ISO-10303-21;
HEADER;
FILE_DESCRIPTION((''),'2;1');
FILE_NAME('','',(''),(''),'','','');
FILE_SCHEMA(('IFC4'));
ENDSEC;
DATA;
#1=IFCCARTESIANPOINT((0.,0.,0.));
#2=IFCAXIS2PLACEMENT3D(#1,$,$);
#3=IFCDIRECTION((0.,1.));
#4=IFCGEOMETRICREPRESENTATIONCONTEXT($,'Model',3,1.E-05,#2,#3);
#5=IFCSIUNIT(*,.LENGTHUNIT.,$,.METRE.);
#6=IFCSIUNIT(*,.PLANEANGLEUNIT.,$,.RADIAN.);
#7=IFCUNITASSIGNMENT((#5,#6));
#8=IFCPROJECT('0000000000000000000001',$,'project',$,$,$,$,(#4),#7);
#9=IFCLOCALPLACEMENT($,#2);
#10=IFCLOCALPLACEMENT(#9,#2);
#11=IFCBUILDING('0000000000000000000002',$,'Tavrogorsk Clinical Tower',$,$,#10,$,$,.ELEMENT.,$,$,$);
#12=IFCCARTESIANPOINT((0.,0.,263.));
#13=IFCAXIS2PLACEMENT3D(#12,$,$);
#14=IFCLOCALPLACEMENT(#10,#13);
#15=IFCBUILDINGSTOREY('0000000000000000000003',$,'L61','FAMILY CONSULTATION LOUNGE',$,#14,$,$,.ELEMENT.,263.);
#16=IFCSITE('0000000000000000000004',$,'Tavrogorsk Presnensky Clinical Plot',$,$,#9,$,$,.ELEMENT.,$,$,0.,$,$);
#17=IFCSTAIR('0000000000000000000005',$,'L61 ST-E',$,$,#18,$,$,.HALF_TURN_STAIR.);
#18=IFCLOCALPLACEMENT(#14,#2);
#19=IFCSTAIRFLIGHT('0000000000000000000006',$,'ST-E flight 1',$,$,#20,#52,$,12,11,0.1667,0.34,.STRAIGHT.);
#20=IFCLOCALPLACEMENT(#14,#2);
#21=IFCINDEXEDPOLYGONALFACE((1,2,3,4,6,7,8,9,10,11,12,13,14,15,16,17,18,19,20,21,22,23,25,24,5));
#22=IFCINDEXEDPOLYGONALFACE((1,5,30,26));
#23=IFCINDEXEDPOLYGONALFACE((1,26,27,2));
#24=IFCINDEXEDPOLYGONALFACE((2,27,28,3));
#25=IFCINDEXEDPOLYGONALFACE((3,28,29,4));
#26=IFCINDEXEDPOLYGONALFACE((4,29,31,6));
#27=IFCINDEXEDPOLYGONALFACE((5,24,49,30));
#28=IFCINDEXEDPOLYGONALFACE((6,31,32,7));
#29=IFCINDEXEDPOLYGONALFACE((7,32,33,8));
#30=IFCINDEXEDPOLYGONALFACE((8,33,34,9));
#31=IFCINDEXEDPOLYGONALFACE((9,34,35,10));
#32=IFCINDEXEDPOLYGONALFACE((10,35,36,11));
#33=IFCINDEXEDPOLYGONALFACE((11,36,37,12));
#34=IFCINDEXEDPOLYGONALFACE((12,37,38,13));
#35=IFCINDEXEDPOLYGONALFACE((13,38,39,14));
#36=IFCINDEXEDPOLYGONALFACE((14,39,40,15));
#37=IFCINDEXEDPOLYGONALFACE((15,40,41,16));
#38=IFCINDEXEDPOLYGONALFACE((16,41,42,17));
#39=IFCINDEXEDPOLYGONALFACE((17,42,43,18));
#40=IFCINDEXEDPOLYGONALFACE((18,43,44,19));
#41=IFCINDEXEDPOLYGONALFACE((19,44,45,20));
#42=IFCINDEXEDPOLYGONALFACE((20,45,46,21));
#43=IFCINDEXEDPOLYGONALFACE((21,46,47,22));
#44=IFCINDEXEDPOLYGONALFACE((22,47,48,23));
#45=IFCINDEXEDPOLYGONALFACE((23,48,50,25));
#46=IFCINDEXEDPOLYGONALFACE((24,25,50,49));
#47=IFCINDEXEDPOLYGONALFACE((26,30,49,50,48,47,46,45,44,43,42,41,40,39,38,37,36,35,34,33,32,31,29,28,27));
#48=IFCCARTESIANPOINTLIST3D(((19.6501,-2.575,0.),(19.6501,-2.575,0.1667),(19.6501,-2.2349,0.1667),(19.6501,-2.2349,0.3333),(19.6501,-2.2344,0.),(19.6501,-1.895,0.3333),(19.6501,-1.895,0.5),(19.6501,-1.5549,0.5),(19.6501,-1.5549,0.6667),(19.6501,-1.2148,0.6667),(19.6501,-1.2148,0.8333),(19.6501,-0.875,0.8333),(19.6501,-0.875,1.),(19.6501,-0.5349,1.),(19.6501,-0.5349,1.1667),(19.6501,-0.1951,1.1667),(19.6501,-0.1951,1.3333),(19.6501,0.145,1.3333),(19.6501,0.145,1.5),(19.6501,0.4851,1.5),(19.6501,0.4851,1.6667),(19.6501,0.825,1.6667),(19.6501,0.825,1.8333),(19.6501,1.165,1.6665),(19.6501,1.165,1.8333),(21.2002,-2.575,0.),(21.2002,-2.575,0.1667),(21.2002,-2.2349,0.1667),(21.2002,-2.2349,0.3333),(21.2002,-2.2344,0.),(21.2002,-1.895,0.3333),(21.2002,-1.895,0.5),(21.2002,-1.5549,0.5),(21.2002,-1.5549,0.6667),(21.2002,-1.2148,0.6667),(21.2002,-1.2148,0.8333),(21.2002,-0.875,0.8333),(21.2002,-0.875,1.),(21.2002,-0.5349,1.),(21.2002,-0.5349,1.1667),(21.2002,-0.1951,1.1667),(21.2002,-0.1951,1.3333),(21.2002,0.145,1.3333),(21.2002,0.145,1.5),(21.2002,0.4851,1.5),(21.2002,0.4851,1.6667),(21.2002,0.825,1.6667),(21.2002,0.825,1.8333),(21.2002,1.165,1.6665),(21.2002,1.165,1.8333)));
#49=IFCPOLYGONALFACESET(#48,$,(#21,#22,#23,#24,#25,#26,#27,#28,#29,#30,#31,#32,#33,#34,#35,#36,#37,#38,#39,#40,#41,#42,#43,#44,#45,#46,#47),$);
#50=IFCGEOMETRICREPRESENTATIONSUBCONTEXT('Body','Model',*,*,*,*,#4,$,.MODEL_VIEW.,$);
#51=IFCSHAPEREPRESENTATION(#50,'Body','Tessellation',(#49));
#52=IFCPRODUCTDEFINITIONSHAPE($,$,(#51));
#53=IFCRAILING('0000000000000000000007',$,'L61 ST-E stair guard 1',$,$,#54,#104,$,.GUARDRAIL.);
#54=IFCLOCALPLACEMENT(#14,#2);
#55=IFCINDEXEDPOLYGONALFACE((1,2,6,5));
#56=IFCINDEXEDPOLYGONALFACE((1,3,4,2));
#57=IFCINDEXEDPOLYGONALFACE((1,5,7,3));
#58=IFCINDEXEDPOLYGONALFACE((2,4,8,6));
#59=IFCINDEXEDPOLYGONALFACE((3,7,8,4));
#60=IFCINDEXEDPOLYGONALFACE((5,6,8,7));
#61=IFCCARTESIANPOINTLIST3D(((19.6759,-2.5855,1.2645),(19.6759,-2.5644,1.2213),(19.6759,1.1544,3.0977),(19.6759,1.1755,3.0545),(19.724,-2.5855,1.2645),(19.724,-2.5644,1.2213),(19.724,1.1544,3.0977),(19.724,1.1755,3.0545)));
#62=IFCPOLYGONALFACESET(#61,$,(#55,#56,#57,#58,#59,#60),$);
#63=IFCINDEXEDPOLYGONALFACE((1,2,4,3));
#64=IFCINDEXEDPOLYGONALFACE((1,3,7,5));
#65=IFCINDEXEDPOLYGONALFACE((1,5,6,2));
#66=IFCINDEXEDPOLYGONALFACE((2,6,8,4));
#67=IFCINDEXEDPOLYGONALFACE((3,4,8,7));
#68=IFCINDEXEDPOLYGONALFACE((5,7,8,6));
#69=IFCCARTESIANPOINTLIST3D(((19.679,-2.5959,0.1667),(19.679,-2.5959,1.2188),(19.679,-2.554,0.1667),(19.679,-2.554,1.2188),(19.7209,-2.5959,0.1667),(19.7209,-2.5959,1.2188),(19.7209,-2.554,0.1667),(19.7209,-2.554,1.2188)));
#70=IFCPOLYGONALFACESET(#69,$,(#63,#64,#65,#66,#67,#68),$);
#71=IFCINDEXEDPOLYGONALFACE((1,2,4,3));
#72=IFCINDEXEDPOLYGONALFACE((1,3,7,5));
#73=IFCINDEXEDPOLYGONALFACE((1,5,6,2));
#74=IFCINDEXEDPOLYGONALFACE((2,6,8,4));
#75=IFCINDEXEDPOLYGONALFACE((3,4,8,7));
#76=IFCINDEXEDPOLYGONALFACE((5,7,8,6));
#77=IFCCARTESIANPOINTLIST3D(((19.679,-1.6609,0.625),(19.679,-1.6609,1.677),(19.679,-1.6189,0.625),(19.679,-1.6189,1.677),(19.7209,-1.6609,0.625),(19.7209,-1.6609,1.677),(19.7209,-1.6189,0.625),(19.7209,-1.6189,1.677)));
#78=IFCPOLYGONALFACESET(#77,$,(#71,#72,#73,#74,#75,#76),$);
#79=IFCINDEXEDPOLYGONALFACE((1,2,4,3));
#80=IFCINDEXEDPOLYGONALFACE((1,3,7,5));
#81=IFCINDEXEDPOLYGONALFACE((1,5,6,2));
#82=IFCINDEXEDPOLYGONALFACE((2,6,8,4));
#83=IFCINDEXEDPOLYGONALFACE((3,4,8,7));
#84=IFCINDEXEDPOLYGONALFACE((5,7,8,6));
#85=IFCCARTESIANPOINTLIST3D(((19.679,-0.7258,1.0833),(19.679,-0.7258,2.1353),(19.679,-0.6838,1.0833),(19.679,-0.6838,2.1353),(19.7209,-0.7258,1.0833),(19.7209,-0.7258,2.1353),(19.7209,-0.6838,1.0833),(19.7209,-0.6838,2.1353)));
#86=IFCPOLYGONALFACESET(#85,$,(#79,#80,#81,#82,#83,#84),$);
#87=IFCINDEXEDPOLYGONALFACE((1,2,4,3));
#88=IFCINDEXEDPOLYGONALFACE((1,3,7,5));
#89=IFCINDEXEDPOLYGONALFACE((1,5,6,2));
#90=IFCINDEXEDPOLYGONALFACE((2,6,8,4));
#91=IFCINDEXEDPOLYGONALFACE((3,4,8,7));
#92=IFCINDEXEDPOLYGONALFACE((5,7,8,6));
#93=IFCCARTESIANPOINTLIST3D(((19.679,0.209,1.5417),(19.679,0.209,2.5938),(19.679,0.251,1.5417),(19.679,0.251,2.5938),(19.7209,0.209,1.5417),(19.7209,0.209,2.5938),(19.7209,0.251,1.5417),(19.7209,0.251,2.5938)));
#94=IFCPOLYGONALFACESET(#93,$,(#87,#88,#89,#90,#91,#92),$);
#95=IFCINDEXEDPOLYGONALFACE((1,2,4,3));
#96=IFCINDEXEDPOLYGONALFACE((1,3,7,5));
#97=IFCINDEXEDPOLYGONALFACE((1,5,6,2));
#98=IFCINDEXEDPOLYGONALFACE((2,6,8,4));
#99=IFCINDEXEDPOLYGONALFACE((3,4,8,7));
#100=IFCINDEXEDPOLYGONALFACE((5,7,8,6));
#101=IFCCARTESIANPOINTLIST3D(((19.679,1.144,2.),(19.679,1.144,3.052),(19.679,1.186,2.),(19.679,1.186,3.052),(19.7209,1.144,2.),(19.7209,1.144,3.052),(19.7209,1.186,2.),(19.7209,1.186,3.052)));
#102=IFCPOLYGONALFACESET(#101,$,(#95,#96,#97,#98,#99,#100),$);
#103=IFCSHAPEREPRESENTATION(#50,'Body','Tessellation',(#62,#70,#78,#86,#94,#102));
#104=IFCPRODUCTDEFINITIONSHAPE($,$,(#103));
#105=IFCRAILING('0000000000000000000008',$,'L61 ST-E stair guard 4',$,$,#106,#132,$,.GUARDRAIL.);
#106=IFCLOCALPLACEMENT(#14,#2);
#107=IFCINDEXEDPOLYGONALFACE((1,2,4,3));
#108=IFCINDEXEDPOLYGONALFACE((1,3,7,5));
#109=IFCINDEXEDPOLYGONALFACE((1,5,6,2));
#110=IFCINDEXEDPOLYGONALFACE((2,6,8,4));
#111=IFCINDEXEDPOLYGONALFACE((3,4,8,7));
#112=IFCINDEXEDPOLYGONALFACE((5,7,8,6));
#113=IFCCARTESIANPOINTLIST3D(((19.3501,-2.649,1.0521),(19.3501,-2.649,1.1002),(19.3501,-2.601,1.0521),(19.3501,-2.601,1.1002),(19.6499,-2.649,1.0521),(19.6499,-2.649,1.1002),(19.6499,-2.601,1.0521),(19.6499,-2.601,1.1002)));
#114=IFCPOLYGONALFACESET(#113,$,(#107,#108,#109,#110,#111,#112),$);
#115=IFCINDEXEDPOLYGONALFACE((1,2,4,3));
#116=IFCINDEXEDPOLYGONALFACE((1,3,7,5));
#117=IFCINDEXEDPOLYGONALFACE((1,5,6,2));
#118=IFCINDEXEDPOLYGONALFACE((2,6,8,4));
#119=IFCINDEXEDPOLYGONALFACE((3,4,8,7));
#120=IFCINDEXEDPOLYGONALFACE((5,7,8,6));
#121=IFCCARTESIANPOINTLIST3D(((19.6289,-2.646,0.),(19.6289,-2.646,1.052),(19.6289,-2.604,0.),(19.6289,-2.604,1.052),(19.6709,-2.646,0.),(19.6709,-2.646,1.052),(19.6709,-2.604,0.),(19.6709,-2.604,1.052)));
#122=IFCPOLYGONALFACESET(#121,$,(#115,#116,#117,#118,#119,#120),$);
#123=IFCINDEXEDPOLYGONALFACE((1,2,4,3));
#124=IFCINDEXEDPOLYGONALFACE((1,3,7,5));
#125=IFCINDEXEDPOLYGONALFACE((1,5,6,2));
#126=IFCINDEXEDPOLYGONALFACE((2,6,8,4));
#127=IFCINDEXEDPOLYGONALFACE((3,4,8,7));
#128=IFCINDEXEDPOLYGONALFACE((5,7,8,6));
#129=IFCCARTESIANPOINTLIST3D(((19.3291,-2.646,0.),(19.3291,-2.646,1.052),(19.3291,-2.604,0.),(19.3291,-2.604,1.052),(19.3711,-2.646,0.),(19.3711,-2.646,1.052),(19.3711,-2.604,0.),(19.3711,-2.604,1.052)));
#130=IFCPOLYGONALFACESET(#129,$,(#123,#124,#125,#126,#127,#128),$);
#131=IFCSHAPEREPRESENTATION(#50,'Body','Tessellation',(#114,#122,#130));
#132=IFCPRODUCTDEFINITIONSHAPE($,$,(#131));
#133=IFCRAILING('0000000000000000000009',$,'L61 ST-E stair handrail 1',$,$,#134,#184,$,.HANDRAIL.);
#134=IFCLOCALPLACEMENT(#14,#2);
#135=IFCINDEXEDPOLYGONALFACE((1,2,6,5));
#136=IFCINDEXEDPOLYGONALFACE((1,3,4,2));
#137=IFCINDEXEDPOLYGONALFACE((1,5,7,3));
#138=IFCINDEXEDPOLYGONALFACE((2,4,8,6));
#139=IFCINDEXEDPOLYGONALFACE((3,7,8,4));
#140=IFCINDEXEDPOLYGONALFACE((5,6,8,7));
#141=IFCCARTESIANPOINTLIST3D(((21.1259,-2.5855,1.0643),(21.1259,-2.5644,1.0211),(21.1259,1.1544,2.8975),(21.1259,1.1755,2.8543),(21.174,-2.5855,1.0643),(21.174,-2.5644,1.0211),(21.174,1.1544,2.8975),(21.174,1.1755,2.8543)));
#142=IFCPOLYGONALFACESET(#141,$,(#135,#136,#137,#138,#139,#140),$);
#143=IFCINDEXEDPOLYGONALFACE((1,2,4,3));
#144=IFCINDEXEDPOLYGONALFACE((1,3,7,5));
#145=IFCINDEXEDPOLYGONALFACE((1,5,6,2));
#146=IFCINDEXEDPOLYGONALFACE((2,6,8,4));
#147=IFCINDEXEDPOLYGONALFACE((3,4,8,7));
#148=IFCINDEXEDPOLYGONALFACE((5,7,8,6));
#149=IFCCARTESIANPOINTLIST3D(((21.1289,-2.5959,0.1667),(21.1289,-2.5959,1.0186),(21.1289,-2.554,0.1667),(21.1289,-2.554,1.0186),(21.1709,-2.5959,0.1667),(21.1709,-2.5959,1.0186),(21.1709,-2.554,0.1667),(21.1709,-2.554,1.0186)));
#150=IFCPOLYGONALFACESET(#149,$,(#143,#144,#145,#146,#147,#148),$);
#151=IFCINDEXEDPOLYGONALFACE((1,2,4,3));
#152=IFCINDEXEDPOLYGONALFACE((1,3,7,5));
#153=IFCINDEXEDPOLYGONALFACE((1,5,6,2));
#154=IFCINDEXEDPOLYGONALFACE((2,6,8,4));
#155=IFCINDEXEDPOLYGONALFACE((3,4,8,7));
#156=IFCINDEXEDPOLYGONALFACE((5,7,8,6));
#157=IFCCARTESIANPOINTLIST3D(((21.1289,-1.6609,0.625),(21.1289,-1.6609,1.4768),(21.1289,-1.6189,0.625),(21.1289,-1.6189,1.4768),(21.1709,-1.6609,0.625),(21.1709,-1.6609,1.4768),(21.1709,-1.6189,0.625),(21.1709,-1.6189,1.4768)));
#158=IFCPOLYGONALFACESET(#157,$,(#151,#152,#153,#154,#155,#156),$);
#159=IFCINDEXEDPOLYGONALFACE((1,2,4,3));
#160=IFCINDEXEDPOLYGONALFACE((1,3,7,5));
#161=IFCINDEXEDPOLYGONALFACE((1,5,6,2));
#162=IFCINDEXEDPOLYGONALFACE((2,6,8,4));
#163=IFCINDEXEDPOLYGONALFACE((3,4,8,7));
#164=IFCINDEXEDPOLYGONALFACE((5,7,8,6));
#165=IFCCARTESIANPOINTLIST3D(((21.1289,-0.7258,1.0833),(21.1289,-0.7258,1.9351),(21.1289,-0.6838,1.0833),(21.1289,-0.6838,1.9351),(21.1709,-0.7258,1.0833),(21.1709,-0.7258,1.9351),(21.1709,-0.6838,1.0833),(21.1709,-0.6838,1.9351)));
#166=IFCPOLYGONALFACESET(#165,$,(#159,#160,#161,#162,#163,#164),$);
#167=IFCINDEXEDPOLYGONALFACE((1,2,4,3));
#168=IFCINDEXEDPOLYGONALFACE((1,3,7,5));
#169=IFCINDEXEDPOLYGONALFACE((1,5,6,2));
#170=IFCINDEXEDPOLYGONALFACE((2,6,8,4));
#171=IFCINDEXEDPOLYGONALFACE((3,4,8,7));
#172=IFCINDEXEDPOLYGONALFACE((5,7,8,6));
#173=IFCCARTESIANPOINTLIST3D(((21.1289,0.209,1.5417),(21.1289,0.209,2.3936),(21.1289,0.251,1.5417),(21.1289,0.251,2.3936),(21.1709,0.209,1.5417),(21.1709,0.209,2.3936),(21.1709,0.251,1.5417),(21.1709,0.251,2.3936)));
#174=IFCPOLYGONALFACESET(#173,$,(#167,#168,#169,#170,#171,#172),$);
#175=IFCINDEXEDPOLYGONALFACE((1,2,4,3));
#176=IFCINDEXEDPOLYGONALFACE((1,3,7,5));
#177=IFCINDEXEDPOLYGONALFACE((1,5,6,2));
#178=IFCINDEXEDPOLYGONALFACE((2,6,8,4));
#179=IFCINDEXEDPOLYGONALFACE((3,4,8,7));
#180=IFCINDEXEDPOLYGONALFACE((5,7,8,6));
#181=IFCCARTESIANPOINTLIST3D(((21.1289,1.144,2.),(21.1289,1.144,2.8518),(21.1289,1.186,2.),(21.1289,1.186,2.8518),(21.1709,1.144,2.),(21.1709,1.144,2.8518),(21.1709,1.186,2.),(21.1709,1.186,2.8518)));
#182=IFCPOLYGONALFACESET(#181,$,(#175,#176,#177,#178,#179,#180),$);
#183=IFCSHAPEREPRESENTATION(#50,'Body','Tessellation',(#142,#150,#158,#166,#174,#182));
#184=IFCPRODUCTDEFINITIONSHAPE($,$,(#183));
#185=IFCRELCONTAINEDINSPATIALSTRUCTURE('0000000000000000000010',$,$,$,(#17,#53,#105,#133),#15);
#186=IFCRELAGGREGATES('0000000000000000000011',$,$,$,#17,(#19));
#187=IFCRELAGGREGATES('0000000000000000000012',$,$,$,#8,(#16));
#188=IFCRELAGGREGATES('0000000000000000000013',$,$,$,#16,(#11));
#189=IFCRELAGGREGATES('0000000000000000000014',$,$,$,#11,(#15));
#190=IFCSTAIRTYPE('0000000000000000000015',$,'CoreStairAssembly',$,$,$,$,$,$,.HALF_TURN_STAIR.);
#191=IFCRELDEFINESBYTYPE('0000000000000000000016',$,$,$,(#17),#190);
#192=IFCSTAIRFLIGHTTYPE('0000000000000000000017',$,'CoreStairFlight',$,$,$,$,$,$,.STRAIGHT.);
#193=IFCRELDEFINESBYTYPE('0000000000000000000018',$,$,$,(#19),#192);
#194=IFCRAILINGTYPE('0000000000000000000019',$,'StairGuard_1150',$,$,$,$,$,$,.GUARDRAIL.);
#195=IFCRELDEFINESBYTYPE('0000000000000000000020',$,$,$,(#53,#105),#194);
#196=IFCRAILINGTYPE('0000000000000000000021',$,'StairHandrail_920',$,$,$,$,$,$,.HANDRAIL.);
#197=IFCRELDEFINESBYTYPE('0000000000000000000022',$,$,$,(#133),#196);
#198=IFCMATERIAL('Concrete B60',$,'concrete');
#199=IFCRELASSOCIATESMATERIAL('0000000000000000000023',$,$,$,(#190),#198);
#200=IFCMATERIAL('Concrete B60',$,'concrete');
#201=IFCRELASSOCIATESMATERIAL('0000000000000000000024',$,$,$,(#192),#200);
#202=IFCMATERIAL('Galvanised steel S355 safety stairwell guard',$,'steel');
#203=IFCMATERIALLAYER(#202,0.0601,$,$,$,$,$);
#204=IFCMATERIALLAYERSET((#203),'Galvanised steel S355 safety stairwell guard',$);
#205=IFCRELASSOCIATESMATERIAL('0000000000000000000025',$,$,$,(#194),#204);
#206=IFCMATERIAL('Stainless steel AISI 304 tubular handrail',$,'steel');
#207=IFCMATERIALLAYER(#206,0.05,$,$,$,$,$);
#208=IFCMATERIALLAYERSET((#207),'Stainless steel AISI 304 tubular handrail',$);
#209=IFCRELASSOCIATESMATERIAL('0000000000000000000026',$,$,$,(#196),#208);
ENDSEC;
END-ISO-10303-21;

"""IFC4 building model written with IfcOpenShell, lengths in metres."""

from ifc_helpers import new_model, si_unit, direction, frame, origin, origin_2d, place, context, subcontext, project, spatial, polyline, rectangle, outline, extrude, material, layer, layer_set, type_object, element, aggregate, save


model = new_model("IFC4")

# Units and contexts
model_context = context("Model", 3, precision=1e-05, world=origin(), true_north=direction((0.0, 1.0)))
body_context = subcontext(model_context, "Body", "Model", "MODEL_VIEW")
ifc_project = project(units=[si_unit("LENGTHUNIT", "METRE"), si_unit("PLANEANGLEUNIT", "RADIAN")], contexts=[model_context])

# Site, building, storey
site_placement = place(None, origin())
site = spatial("IfcSite", under=ifc_project, at=site_placement, Name="Tavrogorsk Presnensky Clinical Plot", CompositionType="ELEMENT", RefElevation=0.0)
building_placement = place(site_placement, origin())
building = spatial("IfcBuilding", under=site, at=building_placement, Name="Tavrogorsk Clinical Tower", CompositionType="ELEMENT")
storey_placement = place(building_placement, frame((0.0, 0.0, 263.0)))
storey = spatial("IfcBuildingStorey", under=building, at=storey_placement, Name="L61", Description="FAMILY CONSULTATION LOUNGE", CompositionType="ELEMENT", Elevation=263.0)

# Stair, stair flight
ifc_material_1 = material(Name="Concrete B60", Category="concrete")
stair_type = type_object("IfcStairType", Name="CoreStairAssembly", PredefinedType="HALF_TURN_STAIR", material=ifc_material_1)
stair_placement = place(storey_placement, origin())
stair = element("IfcStair", 1, at=stair_placement, inside=storey, type_object=stair_type, Name="L61 ST-E", PredefinedType="HALF_TURN_STAIR")
ifc_material_2 = material(Name="Concrete B60", Category="concrete")
stair_flight_type = type_object("IfcStairFlightType", Name="CoreStairFlight", PredefinedType="STRAIGHT", material=ifc_material_2)
stair_flight_placement = place(storey_placement, frame((20.425, -2.575, 0.0), z_axis=(0.0, 0.0, 1.0), x_axis=(0.0, 1.0, 0.0)))
stair_flight = element("IfcStairFlight", 2, at=stair_flight_placement, type_object=stair_flight_type, Name="ST-E flight 1", NumberOfRisers=12, NumberOfTreads=11, PredefinedType="STRAIGHT", RiserHeight=0.1667, TreadLength=0.34, context=body_context, shape_type="SweptSolid", body=[
    extrude(outline(polyline([(0.0, 0.0), (0.0, 0.1667), (0.3401, 0.1667), (0.3401, 0.3333), (0.6799, 0.3333), (0.6799, 0.5), (1.02, 0.5), (1.02, 0.6667), (1.3601, 0.6667), (1.3601, 0.8333), (1.7, 0.8333), (1.7, 1.0), (2.04, 1.0), (2.04, 1.1667), (2.3799, 1.1667), (2.3799, 1.3333), (2.72, 1.3333), (2.72, 1.5), (3.0601, 1.5), (3.0601, 1.6667), (3.3999, 1.6667), (3.3999, 1.8333), (3.74, 1.8333), (3.74, 2.0), (3.74, 1.6665), (0.3406, 0.0), (0.0, 0.0)])), frame((0.0, 0.7749, 0.0), z_axis=(0.0, -1.0, 0.0), x_axis=(1.0, 0.0, 0.0)), (0.0, 0.0, 1.0), 1.55),
])
aggregate(stair, [stair_flight])

# Railings
ifc_material_3 = material(Name="Galvanised steel S355 safety stairwell guard", Category="steel")
ifc_layer_1 = layer(ifc_material_3, 0.0601)
ifc_layer_set_1 = layer_set([ifc_layer_1], Name="Galvanised steel S355 safety stairwell guard")
railing_type_1 = type_object("IfcRailingType", Name="StairGuard_1150", PredefinedType="GUARDRAIL", material=ifc_layer_set_1)
railing_1_placement = place(storey_placement, frame((19.7, -2.575, 0.1667)))
element("IfcRailing", 3, at=railing_1_placement, inside=storey, type_object=railing_type_1, Name="L61 ST-E stair guard 1", PredefinedType="GUARDRAIL", context=body_context, shape_type="SweptSolid", body=[
    extrude(rectangle(XDim=0.0481, YDim=0.0481, at=origin_2d()), frame((0.0, 0.0, 1.0762), z_axis=(0.0, 0.897928, 0.440142), x_axis=(-1.0, 0.0, 0.0)), (0.0, 0.0, 1.0), 4.165),
    extrude(rectangle(XDim=0.042, YDim=0.042, at=origin_2d()), origin(), (0.0, 0.0, 1.0), 1.052),
    extrude(rectangle(XDim=0.042, YDim=0.042, at=origin_2d()), frame((0.0, 0.9351, 0.4583)), (0.0, 0.0, 1.0), 1.052),
    extrude(rectangle(XDim=0.042, YDim=0.042, at=origin_2d()), frame((0.0, 1.8701, 0.9165)), (0.0, 0.0, 1.0), 1.052),
    extrude(rectangle(XDim=0.042, YDim=0.042, at=origin_2d()), frame((0.0, 2.8049, 1.375)), (0.0, 0.0, 1.0), 1.052),
    extrude(rectangle(XDim=0.042, YDim=0.042, at=origin_2d()), frame((0.0, 3.74, 1.8333)), (0.0, 0.0, 1.0), 1.052),
])
railing_2_placement = place(storey_placement, frame((19.6499, -2.625, 0.0)))
element("IfcRailing", 4, at=railing_2_placement, inside=storey, type_object=railing_type_1, Name="L61 ST-E stair guard 4", PredefinedType="GUARDRAIL", context=body_context, shape_type="SweptSolid", body=[
    extrude(rectangle(XDim=0.0481, YDim=0.0481, at=origin_2d()), frame((0.0, 0.0, 1.0762), z_axis=(-1.0, 0.0, 0.0), x_axis=(0.0, -1.0, 0.0)), (0.0, 0.0, 1.0), 0.2998),
    extrude(rectangle(XDim=0.042, YDim=0.042, at=origin_2d()), origin(), (0.0, 0.0, 1.0), 1.052),
    extrude(rectangle(XDim=0.042, YDim=0.042, at=origin_2d()), frame((-0.2998, 0.0, 0.0)), (0.0, 0.0, 1.0), 1.052),
])
ifc_material_4 = material(Name="Stainless steel AISI 304 tubular handrail", Category="steel")
ifc_layer_2 = layer(ifc_material_4, 0.05)
ifc_layer_set_2 = layer_set([ifc_layer_2], Name="Stainless steel AISI 304 tubular handrail")
railing_type_2 = type_object("IfcRailingType", Name="StairHandrail_920", PredefinedType="HANDRAIL", material=ifc_layer_set_2)
railing_3_placement = place(storey_placement, frame((21.1499, -2.575, 0.1667)))
element("IfcRailing", 5, at=railing_3_placement, inside=storey, type_object=railing_type_2, Name="L61 ST-E stair handrail 1", PredefinedType="HANDRAIL", context=body_context, shape_type="SweptSolid", body=[
    extrude(rectangle(XDim=0.0481, YDim=0.0481, at=origin_2d()), frame((0.0, 0.0, 0.876), z_axis=(0.0, 0.897928, 0.440142), x_axis=(-1.0, 0.0, 0.0)), (0.0, 0.0, 1.0), 4.165),
    extrude(rectangle(XDim=0.042, YDim=0.042, at=origin_2d()), origin(), (0.0, 0.0, 1.0), 0.8518),
    extrude(rectangle(XDim=0.042, YDim=0.042, at=origin_2d()), frame((0.0, 0.9351, 0.4583)), (0.0, 0.0, 1.0), 0.8518),
    extrude(rectangle(XDim=0.042, YDim=0.042, at=origin_2d()), frame((0.0, 1.8701, 0.9165)), (0.0, 0.0, 1.0), 0.8518),
    extrude(rectangle(XDim=0.042, YDim=0.042, at=origin_2d()), frame((0.0, 2.8049, 1.375)), (0.0, 0.0, 1.0), 0.8518),
    extrude(rectangle(XDim=0.042, YDim=0.042, at=origin_2d()), frame((0.0, 3.74, 1.8333)), (0.0, 0.0, 1.0), 0.8518),
])

save(model, "model.ifc")
